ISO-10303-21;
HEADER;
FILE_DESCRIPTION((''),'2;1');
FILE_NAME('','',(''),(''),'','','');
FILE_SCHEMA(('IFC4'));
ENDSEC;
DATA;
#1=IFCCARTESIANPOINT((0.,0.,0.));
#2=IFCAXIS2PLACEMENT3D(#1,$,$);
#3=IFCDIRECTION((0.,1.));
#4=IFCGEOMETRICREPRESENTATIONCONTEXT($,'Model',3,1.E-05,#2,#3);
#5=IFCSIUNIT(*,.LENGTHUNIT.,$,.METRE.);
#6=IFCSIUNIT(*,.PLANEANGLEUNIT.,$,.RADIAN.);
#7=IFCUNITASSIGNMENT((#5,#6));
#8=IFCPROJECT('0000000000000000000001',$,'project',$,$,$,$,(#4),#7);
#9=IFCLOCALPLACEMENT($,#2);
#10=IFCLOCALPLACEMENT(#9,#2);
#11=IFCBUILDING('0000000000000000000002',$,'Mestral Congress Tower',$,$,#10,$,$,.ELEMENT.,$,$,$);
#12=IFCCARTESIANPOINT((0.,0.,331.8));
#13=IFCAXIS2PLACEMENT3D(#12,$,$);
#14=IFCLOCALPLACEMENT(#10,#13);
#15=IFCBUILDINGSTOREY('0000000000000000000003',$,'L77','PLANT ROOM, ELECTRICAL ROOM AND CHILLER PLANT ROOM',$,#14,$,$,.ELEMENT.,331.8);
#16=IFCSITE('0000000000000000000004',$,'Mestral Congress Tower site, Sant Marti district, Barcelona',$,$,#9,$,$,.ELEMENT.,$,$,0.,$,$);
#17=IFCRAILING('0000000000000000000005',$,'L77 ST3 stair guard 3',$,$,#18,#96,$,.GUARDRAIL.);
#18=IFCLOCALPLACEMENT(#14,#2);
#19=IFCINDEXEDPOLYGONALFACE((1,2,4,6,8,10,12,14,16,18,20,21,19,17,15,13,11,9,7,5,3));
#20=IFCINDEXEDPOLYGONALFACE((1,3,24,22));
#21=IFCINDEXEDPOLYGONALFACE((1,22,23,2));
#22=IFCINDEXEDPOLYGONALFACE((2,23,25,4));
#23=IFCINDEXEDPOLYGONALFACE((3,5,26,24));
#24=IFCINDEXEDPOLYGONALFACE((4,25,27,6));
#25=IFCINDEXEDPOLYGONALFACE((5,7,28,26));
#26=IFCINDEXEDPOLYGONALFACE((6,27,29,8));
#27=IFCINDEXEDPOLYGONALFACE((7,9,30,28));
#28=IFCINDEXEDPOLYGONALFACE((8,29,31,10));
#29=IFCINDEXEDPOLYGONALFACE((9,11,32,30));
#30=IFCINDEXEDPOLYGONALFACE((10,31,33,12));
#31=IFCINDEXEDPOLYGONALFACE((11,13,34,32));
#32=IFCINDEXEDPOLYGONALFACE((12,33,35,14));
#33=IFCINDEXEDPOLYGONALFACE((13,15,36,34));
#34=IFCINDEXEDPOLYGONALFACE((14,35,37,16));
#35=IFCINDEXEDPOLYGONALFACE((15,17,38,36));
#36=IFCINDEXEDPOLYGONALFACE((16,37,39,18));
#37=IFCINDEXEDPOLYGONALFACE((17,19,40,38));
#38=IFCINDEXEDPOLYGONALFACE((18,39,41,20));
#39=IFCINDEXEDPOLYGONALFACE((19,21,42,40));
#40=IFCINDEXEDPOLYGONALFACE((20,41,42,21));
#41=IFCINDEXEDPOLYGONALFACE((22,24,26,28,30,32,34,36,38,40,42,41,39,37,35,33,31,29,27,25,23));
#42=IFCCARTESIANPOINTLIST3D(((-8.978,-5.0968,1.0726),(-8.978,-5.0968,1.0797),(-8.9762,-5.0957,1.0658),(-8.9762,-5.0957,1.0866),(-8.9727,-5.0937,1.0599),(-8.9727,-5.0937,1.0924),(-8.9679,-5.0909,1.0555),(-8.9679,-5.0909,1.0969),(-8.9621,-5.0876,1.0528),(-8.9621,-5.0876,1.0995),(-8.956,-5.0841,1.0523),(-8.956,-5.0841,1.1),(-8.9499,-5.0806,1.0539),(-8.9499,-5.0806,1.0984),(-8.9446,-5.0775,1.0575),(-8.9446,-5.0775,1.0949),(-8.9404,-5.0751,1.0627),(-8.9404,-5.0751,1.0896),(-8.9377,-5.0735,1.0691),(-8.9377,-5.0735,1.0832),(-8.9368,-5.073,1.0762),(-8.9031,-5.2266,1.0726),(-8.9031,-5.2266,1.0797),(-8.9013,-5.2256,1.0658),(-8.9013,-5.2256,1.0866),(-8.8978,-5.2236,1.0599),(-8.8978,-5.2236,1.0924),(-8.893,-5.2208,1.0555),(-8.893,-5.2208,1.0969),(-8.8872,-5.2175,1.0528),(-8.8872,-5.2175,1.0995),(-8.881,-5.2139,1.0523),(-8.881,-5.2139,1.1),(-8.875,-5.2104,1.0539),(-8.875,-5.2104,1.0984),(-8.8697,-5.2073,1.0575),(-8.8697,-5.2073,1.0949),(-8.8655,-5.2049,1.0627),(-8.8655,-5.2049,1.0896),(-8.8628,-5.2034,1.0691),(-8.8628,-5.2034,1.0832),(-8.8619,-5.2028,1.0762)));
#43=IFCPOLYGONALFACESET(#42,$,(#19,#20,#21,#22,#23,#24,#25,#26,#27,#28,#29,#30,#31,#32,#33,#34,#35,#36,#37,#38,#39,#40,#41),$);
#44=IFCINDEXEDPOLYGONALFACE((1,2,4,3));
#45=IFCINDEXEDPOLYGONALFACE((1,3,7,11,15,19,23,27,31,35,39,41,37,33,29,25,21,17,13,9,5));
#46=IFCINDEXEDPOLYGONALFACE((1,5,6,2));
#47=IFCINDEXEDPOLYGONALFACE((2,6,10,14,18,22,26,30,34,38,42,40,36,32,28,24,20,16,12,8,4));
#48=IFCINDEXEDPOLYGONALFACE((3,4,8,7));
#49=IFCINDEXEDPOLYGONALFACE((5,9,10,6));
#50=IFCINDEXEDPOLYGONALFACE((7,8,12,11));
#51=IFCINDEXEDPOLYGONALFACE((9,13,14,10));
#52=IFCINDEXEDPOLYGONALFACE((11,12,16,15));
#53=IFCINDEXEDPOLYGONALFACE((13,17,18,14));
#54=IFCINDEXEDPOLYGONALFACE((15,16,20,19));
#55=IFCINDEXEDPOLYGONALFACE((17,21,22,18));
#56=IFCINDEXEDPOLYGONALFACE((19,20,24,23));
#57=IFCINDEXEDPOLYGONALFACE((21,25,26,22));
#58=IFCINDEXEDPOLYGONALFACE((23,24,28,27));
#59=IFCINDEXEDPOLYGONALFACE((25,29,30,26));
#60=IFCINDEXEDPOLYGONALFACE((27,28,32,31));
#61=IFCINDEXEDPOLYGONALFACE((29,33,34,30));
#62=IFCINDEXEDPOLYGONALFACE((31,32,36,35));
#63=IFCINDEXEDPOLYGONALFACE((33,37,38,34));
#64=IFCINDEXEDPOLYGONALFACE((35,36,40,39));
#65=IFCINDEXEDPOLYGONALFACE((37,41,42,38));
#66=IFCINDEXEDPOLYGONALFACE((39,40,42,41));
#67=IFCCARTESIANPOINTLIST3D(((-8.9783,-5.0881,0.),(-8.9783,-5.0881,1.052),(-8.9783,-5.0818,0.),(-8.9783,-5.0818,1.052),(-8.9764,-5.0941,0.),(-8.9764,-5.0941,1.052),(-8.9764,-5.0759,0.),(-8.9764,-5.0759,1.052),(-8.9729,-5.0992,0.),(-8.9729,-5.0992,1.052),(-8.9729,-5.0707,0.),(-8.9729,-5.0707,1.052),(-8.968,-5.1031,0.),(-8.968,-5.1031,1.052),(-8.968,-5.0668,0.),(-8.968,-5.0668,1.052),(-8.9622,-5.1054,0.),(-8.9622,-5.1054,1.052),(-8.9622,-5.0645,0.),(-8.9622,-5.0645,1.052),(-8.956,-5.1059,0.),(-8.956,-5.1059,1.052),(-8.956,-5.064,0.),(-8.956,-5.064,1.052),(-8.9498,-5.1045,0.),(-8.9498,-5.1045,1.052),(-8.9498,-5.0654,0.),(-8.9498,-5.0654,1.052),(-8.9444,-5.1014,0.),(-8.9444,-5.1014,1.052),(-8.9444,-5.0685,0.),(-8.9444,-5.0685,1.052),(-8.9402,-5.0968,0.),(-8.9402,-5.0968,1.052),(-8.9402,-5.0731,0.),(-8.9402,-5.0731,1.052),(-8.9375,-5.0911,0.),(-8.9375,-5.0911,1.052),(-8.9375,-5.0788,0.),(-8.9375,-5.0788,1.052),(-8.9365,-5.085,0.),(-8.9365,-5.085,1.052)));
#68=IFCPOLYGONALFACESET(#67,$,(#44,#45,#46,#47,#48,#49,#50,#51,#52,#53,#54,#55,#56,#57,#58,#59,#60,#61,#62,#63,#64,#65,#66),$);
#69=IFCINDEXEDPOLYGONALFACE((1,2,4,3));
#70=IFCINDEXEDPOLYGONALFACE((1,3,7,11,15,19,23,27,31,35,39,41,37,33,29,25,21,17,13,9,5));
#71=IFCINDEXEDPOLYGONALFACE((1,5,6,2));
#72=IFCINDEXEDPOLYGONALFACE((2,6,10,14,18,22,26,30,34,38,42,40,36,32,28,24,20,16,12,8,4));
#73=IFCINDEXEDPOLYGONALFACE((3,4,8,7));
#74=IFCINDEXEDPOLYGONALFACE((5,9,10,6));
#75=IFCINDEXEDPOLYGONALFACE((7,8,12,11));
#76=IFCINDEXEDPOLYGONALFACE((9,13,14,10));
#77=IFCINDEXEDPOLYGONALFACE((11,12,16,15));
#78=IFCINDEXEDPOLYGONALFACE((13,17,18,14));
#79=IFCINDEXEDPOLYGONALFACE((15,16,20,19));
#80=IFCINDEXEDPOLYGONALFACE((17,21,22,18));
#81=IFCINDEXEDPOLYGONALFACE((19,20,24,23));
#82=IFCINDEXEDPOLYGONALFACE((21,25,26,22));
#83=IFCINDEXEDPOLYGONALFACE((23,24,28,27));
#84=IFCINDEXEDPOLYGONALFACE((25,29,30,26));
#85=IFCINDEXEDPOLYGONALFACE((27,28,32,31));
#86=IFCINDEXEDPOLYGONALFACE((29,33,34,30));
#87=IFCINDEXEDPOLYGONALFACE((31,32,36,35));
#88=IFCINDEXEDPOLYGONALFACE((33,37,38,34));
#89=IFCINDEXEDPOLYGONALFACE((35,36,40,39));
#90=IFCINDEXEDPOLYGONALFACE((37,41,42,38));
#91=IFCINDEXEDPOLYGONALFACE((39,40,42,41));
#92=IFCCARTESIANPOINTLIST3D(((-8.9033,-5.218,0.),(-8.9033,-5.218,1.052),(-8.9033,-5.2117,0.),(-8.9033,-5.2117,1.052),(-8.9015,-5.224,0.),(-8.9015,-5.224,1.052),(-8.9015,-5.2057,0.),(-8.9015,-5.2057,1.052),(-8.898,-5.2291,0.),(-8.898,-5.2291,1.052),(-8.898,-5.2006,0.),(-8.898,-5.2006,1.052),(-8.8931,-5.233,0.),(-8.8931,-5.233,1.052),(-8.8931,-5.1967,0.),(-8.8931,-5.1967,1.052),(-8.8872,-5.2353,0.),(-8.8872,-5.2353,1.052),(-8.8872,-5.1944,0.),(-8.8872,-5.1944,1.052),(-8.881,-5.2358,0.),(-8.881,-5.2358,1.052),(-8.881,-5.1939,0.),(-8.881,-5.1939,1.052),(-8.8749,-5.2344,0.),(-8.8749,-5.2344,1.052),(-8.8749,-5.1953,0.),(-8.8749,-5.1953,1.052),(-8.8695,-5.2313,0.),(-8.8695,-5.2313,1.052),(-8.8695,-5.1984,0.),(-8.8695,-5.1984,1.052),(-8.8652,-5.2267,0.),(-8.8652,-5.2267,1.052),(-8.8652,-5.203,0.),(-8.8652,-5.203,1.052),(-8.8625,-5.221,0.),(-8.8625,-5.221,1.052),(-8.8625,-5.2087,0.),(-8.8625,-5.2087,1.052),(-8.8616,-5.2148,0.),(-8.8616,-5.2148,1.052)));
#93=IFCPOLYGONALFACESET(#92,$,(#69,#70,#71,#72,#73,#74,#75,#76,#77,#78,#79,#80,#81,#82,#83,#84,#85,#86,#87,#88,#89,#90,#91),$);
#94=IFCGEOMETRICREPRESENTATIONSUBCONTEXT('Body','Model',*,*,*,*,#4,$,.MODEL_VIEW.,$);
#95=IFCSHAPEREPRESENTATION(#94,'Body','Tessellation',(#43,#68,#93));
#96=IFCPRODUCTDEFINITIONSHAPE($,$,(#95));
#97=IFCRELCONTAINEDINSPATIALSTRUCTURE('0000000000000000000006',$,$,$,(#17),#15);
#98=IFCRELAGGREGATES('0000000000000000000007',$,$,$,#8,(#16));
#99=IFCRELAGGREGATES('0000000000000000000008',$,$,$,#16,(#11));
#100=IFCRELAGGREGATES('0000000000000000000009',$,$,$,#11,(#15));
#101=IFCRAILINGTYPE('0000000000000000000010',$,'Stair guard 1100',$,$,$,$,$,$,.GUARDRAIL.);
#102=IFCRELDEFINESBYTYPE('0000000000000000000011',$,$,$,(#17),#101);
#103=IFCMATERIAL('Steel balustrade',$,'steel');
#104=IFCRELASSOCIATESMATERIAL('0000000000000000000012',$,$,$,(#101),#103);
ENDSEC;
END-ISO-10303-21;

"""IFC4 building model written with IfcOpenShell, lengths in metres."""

from ifc_helpers import new_model, si_unit, direction, frame, origin, origin_2d, place, context, subcontext, project, spatial, circle, extrude, material, type_object, element, save


model = new_model("IFC4")

# Units and contexts
model_context = context("Model", 3, precision=1e-05, world=origin(), true_north=direction((0.0, 1.0)))
body_context = subcontext(model_context, "Body", "Model", "MODEL_VIEW")
ifc_project = project(units=[si_unit("LENGTHUNIT", "METRE"), si_unit("PLANEANGLEUNIT", "RADIAN")], contexts=[model_context])

# Site, building, storey
site_placement = place(None, origin())
site = spatial("IfcSite", under=ifc_project, at=site_placement, Name="Mestral Congress Tower site, Sant Marti district, Barcelona", CompositionType="ELEMENT", RefElevation=0.0)
building_placement = place(site_placement, origin())
building = spatial("IfcBuilding", under=site, at=building_placement, Name="Mestral Congress Tower", CompositionType="ELEMENT")
storey_placement = place(building_placement, frame((0.0, 0.0, 331.8)))
storey = spatial("IfcBuildingStorey", under=building, at=storey_placement, Name="L77", Description="PLANT ROOM, ELECTRICAL ROOM AND CHILLER PLANT ROOM", CompositionType="ELEMENT", Elevation=331.8)

# Railing
ifc_material_1 = material(Name="Steel balustrade", Category="steel")
railing_type_1 = type_object("IfcRailingType", Name="Stair guard 1100", PredefinedType="GUARDRAIL", material=ifc_material_1)
railing_1_placement = place(storey_placement, frame((-8.9575, -5.085, 0.0)))
element("IfcRailing", 1, at=railing_1_placement, inside=storey, type_object=railing_type_1, Name="L77 ST3 stair guard 3", PredefinedType="GUARDRAIL", context=body_context, shape_type="SweptSolid", body=[
    extrude(circle(Radius=0.0239, at=origin_2d()), frame((0.0, 0.0, 1.0762), z_axis=(0.499816, -0.866131, 0.0), x_axis=(0.866131, 0.499816, 0.0)), (0.0, 0.0, 1.0), 0.1499),
    extrude(circle(Radius=0.021, at=origin_2d()), origin(), (0.0, 0.0, 1.0), 1.052),
    extrude(circle(Radius=0.021, at=origin_2d()), frame((0.075, -0.1299, 0.0)), (0.0, 0.0, 1.0), 1.052),
])

save(model, "model.ifc")
